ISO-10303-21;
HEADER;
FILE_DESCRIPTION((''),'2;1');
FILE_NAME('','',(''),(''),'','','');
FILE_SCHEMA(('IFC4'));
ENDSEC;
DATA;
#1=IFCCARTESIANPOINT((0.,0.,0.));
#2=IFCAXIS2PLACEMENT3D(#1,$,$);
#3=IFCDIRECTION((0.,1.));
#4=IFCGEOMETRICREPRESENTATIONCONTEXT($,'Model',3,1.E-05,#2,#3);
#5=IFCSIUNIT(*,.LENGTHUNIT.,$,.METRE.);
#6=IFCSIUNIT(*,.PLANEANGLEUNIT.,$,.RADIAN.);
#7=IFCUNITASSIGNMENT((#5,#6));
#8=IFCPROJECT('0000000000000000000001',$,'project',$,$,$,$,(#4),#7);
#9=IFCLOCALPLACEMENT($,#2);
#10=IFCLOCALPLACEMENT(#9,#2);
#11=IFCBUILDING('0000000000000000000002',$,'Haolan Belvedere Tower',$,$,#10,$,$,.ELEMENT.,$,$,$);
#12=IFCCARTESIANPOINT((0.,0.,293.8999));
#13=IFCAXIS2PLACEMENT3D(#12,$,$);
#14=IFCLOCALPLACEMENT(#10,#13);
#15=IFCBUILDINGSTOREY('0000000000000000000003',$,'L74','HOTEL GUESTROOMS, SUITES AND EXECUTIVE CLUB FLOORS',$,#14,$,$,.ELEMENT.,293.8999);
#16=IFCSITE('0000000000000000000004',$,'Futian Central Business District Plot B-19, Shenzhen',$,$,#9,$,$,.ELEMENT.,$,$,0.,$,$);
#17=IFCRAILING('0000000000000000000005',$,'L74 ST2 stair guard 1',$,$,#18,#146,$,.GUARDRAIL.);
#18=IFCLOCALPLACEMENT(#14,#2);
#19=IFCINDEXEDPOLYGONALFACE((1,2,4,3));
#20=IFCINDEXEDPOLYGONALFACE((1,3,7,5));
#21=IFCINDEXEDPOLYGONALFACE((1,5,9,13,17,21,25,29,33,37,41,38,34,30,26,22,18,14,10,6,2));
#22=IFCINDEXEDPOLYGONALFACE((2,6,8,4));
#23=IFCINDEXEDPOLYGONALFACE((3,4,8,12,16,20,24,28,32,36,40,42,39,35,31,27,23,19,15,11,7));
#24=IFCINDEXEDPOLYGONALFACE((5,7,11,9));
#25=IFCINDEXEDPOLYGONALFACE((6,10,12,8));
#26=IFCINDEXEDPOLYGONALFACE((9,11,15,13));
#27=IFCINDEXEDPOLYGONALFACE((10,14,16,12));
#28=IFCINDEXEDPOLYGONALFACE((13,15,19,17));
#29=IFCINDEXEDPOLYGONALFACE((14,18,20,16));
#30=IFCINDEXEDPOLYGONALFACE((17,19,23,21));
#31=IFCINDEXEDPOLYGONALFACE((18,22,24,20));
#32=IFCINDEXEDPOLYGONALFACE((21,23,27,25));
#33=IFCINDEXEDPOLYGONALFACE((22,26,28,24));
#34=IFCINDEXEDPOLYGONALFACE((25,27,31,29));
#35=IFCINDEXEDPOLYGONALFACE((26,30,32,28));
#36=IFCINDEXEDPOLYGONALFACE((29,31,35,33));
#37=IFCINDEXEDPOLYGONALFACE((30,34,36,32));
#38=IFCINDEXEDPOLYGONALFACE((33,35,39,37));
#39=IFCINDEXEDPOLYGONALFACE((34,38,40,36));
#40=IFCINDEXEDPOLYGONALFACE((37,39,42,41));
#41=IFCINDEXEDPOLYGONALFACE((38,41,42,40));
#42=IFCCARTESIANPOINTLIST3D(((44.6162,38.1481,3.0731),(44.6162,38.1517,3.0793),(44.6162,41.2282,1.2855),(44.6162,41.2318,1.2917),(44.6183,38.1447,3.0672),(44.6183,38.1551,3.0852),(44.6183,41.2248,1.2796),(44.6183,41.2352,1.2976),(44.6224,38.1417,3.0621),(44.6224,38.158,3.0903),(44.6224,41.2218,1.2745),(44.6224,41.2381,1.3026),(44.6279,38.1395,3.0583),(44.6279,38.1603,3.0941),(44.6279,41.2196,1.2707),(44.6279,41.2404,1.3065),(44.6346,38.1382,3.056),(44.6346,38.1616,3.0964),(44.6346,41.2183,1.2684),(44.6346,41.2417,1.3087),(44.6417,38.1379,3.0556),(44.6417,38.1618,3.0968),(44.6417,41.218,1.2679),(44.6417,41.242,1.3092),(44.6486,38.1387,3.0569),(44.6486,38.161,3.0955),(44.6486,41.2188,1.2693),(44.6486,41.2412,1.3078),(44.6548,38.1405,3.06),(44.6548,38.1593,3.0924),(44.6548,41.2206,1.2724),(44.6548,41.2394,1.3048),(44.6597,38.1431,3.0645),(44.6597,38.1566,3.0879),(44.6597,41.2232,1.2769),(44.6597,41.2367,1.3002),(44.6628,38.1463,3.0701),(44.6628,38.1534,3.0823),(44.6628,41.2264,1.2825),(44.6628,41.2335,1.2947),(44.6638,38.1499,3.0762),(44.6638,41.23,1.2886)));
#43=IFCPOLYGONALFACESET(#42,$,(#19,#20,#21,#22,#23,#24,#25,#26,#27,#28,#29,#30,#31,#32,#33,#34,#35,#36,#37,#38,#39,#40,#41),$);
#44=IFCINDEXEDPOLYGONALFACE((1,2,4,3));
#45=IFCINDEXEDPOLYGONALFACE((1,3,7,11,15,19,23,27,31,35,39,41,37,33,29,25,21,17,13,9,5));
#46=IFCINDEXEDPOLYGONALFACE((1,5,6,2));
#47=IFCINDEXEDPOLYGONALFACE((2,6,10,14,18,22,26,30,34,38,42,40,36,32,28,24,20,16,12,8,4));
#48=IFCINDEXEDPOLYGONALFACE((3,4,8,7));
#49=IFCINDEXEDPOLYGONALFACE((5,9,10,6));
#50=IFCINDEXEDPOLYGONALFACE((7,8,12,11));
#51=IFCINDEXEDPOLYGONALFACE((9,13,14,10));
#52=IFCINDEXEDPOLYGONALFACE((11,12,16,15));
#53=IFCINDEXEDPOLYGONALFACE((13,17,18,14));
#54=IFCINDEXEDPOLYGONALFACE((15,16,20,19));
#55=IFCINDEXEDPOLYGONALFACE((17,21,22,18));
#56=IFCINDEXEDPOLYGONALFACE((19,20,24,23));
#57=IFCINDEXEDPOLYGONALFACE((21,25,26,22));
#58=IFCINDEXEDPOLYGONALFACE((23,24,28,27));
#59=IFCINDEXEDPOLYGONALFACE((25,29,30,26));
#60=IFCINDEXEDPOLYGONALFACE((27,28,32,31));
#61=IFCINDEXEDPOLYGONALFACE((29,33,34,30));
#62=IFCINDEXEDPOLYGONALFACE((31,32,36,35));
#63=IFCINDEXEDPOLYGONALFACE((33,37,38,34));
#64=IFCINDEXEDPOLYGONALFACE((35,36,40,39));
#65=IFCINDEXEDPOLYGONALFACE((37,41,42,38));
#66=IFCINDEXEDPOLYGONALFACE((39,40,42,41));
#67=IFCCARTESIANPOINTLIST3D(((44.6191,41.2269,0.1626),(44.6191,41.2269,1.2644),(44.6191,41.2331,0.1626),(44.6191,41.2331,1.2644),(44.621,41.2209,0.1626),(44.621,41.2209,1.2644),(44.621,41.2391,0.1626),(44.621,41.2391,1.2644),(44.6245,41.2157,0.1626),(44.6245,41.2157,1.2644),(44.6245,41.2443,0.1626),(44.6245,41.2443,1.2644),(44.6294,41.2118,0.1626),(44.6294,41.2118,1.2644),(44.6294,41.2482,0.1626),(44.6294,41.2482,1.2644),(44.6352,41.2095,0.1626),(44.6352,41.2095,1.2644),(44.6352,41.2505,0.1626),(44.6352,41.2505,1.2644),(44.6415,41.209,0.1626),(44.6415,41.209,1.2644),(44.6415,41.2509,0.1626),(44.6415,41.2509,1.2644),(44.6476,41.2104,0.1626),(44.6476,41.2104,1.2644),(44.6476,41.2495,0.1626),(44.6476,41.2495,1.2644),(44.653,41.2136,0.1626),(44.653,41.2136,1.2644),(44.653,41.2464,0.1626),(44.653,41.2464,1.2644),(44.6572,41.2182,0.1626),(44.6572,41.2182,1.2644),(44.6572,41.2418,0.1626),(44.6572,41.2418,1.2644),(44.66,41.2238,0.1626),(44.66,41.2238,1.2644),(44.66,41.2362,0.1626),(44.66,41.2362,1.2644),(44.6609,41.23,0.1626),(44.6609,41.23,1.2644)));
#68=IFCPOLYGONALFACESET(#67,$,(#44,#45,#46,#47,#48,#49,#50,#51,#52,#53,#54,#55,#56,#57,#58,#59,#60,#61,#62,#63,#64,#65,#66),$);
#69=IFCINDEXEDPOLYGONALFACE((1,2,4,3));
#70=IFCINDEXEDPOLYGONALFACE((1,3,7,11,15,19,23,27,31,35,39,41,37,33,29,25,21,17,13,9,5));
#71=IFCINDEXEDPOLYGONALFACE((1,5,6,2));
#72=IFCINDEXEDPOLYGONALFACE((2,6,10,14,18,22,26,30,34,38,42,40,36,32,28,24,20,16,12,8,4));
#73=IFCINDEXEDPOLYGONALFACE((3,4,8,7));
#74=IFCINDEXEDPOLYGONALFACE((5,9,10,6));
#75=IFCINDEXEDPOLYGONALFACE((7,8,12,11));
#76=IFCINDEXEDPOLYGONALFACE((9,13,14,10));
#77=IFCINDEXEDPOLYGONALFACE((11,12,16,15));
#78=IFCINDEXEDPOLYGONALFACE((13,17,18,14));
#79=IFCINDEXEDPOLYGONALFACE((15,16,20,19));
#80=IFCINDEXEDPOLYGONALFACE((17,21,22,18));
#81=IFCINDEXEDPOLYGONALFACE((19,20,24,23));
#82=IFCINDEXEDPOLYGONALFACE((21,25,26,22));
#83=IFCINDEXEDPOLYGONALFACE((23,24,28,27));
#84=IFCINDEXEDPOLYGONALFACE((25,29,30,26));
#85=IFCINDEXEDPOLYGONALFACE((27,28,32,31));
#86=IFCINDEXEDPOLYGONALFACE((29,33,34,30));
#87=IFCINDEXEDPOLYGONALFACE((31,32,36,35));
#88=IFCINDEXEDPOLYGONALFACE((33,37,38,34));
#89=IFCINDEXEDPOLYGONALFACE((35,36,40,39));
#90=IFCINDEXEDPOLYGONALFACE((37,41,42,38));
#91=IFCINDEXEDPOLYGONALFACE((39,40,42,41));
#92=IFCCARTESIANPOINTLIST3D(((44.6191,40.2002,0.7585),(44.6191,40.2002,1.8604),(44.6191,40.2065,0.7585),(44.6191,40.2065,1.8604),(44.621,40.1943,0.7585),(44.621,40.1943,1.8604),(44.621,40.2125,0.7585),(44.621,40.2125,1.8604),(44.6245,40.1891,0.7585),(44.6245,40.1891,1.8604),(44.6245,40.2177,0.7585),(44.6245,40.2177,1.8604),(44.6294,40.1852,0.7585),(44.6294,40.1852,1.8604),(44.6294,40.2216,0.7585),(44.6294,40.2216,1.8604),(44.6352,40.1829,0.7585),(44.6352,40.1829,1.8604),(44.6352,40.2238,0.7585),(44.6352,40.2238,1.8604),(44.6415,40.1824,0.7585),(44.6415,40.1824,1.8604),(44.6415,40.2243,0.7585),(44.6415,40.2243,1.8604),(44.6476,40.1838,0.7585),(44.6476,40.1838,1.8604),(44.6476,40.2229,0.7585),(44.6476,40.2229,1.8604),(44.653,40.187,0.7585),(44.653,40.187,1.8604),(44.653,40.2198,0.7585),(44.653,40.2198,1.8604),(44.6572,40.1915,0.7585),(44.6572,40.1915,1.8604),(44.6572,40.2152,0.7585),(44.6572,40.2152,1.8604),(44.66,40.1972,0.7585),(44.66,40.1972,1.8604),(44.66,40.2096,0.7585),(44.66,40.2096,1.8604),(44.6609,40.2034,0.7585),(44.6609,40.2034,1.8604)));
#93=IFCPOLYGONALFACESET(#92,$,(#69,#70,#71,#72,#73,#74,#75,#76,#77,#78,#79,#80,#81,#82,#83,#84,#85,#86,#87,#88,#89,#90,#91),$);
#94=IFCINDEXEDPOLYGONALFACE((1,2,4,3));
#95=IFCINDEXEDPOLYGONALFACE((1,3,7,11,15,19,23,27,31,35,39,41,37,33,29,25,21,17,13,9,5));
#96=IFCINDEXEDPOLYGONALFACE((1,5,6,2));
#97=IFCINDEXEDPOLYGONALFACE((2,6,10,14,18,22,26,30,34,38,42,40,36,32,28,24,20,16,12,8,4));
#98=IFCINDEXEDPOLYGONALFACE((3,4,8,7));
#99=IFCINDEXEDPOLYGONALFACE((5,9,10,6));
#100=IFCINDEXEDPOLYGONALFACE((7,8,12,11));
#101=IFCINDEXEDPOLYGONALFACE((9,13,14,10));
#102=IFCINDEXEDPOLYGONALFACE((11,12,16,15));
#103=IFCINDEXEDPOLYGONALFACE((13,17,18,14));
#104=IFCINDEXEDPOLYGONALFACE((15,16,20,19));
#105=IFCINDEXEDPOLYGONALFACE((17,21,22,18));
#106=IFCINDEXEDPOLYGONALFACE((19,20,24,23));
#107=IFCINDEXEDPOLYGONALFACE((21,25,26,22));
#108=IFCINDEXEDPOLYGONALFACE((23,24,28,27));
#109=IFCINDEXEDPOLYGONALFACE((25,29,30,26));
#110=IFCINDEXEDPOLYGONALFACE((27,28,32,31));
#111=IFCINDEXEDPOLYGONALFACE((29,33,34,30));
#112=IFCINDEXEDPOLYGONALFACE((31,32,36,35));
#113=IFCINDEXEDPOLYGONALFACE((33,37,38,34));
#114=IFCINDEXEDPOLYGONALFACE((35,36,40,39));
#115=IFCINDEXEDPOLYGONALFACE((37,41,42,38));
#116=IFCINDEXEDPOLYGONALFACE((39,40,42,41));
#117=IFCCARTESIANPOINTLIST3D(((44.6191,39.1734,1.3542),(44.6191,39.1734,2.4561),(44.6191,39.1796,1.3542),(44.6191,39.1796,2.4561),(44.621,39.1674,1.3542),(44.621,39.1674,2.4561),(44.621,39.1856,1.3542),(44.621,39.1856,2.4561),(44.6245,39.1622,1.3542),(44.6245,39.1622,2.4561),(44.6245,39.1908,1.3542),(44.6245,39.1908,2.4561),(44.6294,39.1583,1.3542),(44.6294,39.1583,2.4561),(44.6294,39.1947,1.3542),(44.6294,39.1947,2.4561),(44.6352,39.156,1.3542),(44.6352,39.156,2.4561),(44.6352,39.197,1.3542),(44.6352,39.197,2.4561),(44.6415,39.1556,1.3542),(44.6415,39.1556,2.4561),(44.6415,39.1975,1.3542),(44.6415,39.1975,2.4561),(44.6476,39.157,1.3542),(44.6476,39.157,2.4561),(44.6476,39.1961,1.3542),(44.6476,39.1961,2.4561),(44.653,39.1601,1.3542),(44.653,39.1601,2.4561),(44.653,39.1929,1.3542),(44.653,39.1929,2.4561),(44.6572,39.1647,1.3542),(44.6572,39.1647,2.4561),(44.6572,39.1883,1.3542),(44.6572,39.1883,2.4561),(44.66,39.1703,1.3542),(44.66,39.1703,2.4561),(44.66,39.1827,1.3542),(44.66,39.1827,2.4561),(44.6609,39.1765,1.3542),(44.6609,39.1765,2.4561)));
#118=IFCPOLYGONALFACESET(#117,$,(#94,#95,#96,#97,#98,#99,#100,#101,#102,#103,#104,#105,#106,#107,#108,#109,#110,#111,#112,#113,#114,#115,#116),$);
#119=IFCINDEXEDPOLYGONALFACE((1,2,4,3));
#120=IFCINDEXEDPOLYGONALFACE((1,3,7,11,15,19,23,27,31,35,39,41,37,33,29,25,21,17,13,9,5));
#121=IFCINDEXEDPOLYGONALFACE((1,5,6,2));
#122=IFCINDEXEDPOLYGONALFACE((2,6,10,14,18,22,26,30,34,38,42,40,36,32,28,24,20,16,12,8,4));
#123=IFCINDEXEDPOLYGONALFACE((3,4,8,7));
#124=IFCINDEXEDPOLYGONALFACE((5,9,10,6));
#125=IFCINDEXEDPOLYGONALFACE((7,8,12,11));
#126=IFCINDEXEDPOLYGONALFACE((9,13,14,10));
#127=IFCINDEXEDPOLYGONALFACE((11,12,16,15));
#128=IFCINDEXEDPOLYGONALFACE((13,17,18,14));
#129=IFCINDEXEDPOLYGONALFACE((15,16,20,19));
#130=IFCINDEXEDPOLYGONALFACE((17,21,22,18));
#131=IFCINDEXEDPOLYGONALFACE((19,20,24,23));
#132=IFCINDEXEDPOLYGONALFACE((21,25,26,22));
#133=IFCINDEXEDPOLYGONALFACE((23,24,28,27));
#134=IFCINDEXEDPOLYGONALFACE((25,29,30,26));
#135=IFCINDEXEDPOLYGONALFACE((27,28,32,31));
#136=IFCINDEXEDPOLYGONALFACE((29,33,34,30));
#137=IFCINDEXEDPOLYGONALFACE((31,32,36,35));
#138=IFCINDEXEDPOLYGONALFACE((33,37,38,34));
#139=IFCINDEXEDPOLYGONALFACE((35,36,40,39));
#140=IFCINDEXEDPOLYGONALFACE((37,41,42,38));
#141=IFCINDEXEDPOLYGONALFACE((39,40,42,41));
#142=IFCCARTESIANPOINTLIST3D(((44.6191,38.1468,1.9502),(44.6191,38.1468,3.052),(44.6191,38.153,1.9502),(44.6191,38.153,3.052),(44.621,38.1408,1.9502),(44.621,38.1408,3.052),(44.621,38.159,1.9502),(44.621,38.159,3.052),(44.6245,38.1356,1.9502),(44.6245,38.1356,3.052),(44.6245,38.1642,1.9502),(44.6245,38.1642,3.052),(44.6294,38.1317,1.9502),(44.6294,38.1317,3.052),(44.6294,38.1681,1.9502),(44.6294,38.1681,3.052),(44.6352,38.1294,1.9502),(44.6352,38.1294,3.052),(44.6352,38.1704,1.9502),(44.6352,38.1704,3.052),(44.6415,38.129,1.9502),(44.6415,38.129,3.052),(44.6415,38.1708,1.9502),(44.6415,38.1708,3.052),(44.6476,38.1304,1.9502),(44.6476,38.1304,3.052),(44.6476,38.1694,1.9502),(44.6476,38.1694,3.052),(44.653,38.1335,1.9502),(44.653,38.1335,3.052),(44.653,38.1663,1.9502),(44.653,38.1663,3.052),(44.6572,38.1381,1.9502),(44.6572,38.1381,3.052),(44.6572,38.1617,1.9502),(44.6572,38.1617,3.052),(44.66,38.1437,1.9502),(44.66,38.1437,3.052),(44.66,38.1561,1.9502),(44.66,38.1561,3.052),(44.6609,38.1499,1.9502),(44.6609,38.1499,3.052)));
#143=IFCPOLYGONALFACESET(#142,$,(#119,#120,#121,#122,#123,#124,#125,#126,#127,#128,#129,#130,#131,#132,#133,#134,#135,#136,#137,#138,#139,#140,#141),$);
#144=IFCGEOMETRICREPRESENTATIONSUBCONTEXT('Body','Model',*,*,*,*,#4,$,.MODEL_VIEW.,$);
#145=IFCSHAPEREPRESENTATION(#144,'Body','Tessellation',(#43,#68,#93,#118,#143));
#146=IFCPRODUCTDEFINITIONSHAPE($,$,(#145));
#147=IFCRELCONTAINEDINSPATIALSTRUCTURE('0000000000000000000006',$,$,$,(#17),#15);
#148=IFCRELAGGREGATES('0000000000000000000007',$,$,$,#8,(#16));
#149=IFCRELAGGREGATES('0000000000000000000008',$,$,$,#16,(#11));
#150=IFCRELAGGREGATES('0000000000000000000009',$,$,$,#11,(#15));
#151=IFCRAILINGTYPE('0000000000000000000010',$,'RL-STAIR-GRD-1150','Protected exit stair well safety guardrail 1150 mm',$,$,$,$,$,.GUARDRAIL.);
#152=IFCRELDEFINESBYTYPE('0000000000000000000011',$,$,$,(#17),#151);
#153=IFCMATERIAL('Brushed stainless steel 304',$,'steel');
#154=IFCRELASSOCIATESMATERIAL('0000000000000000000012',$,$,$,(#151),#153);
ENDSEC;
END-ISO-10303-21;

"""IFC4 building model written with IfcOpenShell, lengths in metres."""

from ifc_helpers import new_model, si_unit, direction, frame, origin, origin_2d, place, context, subcontext, project, spatial, circle, extrude, material, type_object, element, save


model = new_model("IFC4")

# Units and contexts
model_context = context("Model", 3, precision=1e-05, world=origin(), true_north=direction((0.0, 1.0)))
body_context = subcontext(model_context, "Body", "Model", "MODEL_VIEW")
ifc_project = project(units=[si_unit("LENGTHUNIT", "METRE"), si_unit("PLANEANGLEUNIT", "RADIAN")], contexts=[model_context])

# Site, building, storey
site_placement = place(None, origin())
site = spatial("IfcSite", under=ifc_project, at=site_placement, Name="Futian Central Business District Plot B-19, Shenzhen", CompositionType="ELEMENT", RefElevation=0.0)
building_placement = place(site_placement, origin())
building = spatial("IfcBuilding", under=site, at=building_placement, Name="Haolan Belvedere Tower", CompositionType="ELEMENT")
storey_placement = place(building_placement, frame((0.0, 0.0, 293.8999)))
storey = spatial("IfcBuildingStorey", under=building, at=storey_placement, Name="L74", Description="HOTEL GUESTROOMS, SUITES AND EXECUTIVE CLUB FLOORS", CompositionType="ELEMENT", Elevation=293.8999)

# Railing
ifc_material_1 = material(Name="Brushed stainless steel 304", Category="steel")
railing_type_1 = type_object("IfcRailingType", Name="RL-STAIR-GRD-1150", Description="Protected exit stair well safety guardrail 1150 mm", PredefinedType="GUARDRAIL", material=ifc_material_1)
railing_1_placement = place(storey_placement, frame((44.6399, 41.23, 0.1626)))
element("IfcRailing", 1, at=railing_1_placement, inside=storey, type_object=railing_type_1, Name="L74 ST2 stair guard 1", PredefinedType="GUARDRAIL", context=body_context, shape_type="SweptSolid", body=[
    extrude(circle(Radius=0.0239, at=origin_2d()), frame((0.0, 0.0, 1.126), z_axis=(0.0, -0.864891, 0.50196), x_axis=(1.0, 0.0, 0.0)), (0.0, 0.0, 1.0), 3.5613),
    extrude(circle(Radius=0.021, at=origin_2d()), origin(), (0.0, 0.0, 1.0), 1.1018),
    extrude(circle(Radius=0.021, at=origin_2d()), frame((0.0, -1.0266, 0.5959)), (0.0, 0.0, 1.0), 1.1018),
    extrude(circle(Radius=0.021, at=origin_2d()), frame((0.0, -2.0535, 1.1917)), (0.0, 0.0, 1.0), 1.1018),
    extrude(circle(Radius=0.021, at=origin_2d()), frame((0.0, -3.0801, 1.7876)), (0.0, 0.0, 1.0), 1.1018),
])

save(model, "model.ifc")
